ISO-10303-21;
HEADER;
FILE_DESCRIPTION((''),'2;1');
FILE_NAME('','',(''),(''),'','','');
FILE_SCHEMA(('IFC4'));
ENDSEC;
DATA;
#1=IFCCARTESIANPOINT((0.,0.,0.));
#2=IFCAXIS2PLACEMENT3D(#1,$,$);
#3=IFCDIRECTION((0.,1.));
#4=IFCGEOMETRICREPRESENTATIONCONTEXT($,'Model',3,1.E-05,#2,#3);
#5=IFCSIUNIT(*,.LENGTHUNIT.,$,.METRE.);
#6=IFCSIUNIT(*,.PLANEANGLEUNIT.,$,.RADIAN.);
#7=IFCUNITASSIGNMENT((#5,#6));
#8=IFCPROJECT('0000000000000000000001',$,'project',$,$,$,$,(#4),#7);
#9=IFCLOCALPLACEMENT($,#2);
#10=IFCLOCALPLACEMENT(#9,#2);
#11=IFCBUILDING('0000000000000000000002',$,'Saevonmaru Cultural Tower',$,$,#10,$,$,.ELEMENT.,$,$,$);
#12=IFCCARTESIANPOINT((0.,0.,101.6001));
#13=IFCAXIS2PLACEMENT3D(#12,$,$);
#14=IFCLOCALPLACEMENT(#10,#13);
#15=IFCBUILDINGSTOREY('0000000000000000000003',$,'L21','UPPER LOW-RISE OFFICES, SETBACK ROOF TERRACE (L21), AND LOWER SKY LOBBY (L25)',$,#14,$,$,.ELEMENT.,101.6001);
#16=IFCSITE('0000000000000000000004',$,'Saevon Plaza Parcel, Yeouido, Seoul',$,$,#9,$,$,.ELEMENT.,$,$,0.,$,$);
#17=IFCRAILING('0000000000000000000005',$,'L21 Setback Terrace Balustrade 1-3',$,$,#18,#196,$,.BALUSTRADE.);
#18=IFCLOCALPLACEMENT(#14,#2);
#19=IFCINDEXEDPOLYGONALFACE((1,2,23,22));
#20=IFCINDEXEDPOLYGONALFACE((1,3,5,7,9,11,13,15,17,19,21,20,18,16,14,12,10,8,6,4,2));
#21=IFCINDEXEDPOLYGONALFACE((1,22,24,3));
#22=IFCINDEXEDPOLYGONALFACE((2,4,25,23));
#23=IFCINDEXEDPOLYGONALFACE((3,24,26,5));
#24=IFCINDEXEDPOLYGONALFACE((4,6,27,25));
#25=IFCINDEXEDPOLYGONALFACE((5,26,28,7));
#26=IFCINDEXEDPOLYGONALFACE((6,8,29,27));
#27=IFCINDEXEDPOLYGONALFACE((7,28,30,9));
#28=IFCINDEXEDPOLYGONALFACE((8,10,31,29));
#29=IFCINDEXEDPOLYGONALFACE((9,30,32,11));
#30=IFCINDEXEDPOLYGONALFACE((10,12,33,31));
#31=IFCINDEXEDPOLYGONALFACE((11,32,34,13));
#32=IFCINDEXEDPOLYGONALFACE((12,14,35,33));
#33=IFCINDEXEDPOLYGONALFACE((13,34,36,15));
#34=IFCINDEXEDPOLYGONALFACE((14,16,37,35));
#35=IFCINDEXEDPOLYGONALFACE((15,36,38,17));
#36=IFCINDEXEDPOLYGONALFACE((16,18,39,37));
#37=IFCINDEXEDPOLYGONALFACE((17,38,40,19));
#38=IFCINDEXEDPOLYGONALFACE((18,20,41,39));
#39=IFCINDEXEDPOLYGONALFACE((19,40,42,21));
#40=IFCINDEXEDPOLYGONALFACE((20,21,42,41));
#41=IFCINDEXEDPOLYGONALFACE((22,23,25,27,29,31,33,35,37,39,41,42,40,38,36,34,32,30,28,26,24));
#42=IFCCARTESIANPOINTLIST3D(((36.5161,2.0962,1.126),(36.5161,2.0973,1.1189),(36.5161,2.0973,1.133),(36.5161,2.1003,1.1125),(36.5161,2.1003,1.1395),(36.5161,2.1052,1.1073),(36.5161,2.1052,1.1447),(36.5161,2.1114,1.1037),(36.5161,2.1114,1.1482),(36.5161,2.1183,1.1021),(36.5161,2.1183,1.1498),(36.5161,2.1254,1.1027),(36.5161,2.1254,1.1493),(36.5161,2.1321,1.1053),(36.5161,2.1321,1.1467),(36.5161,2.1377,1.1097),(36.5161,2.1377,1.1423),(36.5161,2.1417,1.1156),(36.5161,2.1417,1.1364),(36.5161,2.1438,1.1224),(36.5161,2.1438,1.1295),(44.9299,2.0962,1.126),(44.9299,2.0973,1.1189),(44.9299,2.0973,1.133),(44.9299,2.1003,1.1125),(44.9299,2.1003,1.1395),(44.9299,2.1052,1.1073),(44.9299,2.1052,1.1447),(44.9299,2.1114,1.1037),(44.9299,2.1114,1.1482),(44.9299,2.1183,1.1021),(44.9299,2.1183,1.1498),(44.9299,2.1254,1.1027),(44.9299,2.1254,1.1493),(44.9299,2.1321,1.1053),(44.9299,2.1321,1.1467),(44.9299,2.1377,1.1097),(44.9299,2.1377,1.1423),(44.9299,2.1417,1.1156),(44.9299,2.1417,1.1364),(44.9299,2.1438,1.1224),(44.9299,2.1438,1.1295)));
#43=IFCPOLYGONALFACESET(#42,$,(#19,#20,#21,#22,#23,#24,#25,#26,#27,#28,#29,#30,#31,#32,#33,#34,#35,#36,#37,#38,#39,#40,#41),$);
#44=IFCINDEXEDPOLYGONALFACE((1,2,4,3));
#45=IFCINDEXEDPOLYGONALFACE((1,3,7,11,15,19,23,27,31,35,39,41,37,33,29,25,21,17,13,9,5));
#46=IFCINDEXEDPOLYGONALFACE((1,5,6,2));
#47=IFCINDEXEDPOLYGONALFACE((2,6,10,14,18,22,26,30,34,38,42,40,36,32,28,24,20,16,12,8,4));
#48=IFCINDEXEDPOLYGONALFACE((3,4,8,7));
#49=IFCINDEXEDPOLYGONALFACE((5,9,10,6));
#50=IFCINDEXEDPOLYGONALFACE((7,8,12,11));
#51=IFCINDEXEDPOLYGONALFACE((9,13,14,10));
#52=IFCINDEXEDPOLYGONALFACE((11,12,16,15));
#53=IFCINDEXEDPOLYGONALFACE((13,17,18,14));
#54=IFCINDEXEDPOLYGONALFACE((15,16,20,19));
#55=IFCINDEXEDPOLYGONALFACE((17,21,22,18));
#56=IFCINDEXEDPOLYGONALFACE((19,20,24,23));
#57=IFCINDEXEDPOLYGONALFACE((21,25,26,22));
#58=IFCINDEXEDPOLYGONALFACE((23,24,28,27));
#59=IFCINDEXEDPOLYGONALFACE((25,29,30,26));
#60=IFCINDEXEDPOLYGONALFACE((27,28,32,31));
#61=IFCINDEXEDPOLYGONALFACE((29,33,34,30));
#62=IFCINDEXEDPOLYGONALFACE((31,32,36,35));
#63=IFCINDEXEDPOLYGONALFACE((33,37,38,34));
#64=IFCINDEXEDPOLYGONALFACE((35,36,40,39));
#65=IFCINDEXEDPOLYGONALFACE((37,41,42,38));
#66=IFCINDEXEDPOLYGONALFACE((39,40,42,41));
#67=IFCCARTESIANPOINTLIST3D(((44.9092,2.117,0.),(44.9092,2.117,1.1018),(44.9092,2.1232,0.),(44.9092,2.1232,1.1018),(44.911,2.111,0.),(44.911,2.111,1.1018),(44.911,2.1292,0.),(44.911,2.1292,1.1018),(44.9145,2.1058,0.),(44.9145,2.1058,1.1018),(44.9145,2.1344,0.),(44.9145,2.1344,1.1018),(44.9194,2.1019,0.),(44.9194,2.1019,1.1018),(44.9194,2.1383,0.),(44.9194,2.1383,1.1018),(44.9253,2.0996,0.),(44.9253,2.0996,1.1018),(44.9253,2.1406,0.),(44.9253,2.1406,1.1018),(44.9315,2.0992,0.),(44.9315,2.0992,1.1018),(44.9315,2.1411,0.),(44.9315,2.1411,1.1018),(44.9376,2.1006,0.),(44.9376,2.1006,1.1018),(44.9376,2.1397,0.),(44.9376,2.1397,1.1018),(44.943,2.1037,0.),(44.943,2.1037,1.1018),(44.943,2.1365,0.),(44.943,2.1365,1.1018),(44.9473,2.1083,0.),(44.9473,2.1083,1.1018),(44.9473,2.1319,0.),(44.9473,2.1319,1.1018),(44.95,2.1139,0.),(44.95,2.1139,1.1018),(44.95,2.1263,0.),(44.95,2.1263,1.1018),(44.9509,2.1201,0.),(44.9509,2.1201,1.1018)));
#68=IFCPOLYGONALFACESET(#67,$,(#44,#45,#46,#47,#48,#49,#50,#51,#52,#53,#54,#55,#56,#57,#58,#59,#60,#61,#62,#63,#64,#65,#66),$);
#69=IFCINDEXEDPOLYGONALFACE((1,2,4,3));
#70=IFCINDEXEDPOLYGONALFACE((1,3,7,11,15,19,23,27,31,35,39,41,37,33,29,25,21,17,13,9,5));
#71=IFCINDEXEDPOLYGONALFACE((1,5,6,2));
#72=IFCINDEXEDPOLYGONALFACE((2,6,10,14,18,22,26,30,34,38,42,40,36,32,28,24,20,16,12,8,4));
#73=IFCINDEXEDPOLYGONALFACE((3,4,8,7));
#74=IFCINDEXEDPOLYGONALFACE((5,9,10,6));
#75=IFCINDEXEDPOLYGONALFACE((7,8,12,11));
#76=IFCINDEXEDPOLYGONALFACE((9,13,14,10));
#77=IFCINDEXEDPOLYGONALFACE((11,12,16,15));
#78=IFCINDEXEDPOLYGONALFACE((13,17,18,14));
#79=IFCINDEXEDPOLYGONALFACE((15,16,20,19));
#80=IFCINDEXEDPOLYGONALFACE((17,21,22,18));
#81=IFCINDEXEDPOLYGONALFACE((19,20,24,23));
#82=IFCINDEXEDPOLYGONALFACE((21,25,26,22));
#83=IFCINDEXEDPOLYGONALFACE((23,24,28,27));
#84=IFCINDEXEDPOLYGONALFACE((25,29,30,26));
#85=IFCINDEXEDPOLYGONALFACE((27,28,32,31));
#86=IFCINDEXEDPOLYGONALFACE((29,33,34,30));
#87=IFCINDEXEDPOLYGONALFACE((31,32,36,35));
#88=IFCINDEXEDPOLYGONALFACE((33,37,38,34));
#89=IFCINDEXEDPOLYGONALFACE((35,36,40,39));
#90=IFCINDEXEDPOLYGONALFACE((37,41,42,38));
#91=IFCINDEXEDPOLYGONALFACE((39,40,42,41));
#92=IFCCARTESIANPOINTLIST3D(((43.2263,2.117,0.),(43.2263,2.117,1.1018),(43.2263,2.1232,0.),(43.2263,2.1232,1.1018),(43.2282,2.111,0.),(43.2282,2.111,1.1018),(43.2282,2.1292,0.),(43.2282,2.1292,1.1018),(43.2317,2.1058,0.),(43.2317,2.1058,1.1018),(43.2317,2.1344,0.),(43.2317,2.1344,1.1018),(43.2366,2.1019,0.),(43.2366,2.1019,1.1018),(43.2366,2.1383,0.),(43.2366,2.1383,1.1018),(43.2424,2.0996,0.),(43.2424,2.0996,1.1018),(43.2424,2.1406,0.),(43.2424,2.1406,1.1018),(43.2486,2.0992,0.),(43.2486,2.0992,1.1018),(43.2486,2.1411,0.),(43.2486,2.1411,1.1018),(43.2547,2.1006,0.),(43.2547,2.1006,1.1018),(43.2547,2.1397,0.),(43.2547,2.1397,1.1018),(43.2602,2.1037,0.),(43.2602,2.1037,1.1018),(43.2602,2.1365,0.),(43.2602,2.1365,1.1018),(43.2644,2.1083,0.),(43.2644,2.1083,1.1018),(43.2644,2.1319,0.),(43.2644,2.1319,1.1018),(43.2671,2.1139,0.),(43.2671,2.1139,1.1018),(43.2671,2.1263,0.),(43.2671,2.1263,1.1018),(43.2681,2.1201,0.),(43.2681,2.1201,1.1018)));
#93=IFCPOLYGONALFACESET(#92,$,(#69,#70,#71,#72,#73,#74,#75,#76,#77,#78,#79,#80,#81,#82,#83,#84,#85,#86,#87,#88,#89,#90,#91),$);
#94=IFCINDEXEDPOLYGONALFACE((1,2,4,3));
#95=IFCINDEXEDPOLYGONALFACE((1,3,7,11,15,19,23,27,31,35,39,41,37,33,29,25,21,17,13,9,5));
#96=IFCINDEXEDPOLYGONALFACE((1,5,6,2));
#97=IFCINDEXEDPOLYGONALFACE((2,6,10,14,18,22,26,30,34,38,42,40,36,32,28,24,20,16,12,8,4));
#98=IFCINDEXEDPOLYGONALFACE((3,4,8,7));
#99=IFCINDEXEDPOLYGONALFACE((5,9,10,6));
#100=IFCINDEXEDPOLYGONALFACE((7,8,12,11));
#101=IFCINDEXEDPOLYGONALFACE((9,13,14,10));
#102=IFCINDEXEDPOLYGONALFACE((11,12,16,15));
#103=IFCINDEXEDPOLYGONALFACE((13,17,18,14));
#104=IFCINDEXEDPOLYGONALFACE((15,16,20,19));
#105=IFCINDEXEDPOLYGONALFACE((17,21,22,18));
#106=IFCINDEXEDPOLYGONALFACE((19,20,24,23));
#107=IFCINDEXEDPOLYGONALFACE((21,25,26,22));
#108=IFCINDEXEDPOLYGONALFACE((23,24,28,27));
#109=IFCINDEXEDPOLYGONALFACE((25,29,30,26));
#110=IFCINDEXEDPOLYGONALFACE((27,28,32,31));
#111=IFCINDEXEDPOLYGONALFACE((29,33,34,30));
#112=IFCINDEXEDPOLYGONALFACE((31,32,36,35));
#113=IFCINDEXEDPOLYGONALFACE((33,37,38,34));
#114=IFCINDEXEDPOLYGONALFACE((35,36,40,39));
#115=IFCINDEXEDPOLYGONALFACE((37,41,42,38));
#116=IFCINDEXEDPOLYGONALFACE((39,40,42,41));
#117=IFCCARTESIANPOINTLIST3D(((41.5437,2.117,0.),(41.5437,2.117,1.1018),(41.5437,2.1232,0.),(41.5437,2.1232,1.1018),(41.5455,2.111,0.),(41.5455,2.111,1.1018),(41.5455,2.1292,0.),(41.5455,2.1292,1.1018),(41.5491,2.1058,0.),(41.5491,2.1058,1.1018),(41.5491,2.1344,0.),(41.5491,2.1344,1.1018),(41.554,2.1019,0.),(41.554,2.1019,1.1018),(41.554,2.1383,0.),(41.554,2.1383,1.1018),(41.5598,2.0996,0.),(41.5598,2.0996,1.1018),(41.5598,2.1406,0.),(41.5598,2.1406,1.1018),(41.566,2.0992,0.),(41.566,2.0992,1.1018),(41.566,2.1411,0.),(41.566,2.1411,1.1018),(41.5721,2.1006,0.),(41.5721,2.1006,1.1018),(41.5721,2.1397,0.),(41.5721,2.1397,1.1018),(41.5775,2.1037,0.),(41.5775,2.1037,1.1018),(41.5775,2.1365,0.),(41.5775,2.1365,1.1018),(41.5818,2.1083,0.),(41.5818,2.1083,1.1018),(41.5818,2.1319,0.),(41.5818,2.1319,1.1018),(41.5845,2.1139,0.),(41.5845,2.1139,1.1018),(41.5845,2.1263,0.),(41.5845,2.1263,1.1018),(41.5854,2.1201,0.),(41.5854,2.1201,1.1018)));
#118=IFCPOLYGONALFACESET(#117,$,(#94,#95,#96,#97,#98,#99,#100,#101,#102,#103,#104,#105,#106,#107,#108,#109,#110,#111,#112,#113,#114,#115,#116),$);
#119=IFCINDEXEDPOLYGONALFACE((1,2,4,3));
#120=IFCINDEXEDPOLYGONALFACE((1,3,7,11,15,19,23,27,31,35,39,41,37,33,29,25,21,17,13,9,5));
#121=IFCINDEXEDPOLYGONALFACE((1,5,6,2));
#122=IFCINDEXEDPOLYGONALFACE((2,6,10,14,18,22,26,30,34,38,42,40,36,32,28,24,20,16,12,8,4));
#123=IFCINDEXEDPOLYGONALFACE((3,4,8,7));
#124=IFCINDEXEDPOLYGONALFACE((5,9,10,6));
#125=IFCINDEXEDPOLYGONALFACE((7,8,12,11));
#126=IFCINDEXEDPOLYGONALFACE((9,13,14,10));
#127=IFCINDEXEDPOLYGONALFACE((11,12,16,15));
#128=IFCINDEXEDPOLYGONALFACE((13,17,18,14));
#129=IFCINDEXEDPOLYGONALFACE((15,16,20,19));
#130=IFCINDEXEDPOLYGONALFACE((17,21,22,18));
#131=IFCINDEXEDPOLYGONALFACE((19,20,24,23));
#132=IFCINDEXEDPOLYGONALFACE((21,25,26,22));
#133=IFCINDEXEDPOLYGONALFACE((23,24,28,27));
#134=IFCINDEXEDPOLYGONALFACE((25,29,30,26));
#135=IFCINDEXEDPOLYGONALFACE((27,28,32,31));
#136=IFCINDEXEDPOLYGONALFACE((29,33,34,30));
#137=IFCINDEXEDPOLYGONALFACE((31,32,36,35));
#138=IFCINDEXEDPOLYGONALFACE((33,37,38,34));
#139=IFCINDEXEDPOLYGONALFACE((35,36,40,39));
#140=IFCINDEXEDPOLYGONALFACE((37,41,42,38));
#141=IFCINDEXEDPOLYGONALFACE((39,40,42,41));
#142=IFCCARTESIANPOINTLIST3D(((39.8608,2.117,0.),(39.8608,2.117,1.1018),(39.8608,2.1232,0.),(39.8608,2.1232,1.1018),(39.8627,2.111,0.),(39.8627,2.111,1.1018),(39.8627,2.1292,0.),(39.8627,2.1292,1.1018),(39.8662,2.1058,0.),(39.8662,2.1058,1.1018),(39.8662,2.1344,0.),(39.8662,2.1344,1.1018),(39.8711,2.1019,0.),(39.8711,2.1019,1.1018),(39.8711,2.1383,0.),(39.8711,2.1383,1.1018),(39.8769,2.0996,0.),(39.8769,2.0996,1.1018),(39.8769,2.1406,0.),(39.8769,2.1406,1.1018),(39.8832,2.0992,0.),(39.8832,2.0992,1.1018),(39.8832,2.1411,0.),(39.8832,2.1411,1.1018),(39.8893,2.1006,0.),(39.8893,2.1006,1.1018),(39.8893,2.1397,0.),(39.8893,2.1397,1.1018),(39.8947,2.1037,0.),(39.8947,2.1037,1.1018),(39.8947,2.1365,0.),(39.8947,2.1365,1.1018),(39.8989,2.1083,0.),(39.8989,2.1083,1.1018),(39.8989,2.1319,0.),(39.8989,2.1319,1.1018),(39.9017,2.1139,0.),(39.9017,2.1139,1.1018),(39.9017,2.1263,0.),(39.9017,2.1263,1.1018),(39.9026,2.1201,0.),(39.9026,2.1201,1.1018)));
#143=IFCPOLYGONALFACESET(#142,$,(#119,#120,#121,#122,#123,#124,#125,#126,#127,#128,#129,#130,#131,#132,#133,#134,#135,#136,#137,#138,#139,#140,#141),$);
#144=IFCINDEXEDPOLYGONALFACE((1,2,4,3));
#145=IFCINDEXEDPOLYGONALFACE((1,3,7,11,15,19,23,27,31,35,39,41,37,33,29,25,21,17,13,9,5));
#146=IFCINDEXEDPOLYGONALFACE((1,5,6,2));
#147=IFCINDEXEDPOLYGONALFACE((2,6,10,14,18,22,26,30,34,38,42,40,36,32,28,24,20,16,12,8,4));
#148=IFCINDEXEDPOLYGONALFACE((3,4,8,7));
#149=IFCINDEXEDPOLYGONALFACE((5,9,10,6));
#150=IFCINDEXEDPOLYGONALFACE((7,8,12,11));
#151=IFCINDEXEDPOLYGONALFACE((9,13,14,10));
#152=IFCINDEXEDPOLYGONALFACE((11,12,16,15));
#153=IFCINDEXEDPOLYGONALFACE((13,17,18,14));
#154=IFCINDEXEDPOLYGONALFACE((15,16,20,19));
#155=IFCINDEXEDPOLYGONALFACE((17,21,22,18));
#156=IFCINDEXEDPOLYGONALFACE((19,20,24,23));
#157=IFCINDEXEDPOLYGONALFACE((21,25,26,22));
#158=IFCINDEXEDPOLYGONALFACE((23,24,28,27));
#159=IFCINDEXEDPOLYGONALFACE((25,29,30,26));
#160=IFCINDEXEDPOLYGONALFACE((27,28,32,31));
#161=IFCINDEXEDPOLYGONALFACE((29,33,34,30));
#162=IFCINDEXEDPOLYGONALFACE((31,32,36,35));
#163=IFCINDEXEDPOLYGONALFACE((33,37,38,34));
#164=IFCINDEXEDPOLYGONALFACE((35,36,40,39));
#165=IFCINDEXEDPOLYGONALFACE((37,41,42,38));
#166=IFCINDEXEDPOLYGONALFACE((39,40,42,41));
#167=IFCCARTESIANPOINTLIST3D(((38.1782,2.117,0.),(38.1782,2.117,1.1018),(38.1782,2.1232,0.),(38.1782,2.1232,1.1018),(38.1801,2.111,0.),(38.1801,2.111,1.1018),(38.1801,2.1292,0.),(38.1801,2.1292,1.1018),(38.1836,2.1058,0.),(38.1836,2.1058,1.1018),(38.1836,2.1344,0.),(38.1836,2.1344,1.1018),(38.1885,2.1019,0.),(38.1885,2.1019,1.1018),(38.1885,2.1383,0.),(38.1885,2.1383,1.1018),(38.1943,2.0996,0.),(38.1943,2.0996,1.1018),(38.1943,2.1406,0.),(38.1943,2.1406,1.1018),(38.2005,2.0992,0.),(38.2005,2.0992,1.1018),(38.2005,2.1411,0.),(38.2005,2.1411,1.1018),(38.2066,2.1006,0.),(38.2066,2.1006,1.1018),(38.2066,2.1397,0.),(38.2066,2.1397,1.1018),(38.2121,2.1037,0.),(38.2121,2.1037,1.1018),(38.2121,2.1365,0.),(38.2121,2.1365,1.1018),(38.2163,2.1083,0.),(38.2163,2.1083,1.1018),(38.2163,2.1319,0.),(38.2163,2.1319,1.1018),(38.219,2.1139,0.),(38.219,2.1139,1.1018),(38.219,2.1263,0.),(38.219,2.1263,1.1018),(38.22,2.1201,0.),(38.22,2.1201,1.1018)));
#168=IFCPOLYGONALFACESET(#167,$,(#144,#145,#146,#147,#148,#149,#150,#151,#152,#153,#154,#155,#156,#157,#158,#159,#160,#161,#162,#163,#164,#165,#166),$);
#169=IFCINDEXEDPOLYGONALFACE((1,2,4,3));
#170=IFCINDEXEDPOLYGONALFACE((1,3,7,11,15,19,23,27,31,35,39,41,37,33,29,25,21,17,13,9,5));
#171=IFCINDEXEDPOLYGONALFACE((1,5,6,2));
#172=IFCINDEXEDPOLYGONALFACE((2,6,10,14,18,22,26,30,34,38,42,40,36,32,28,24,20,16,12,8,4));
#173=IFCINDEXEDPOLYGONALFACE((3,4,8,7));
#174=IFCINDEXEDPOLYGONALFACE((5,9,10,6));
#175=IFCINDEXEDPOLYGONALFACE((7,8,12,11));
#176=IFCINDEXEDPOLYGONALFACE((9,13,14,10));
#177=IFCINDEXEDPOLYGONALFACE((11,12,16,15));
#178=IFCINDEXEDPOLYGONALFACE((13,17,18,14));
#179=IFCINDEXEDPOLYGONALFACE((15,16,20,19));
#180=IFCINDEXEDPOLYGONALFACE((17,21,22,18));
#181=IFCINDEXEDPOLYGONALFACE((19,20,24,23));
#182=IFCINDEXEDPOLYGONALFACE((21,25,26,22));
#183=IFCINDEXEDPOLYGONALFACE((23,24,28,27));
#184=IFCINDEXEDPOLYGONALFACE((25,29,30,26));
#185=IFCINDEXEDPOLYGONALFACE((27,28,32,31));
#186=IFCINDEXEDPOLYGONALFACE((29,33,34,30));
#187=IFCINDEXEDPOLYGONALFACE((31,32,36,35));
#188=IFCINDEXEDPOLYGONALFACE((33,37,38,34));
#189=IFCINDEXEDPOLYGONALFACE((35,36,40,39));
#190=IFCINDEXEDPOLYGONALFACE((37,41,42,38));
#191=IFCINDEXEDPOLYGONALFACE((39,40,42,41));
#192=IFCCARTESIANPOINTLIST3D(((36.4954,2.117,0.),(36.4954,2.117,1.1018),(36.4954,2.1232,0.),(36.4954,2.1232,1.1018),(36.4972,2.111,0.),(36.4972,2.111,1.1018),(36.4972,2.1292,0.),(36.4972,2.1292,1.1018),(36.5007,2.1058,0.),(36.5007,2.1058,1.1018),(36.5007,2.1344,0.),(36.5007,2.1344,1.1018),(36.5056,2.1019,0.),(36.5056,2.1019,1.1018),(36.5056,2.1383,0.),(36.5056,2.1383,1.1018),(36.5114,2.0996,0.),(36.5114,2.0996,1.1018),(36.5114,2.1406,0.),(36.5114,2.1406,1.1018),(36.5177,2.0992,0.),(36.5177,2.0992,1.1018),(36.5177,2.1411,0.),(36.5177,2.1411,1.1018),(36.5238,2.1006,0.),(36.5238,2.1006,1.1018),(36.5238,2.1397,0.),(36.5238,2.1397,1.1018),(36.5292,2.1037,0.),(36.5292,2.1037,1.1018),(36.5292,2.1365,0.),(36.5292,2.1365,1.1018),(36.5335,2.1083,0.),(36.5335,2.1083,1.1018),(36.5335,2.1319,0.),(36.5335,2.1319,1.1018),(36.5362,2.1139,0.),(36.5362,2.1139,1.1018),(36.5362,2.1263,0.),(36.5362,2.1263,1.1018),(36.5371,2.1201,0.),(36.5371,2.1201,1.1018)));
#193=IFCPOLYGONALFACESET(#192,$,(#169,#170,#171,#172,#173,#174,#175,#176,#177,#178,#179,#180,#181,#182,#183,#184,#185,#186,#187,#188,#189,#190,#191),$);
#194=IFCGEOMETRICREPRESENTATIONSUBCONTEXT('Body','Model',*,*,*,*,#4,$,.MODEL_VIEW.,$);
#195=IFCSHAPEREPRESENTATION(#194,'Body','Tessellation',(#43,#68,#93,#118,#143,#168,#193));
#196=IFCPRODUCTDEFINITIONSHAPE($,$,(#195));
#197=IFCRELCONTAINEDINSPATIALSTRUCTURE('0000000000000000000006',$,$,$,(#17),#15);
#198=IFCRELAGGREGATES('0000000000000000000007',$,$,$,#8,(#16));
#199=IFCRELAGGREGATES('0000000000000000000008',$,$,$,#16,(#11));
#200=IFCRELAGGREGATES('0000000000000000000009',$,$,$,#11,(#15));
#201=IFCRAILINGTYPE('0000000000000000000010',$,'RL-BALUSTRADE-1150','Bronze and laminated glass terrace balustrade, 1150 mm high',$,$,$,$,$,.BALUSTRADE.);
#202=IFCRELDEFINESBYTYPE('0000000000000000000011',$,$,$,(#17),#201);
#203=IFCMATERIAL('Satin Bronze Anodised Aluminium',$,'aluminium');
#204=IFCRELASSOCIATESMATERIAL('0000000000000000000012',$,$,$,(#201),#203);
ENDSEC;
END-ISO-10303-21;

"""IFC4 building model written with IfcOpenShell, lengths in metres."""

from ifc_helpers import new_model, si_unit, direction, frame, origin, origin_2d, place, context, subcontext, project, spatial, circle, extrude, material, type_object, element, save


model = new_model("IFC4")

# Units and contexts
model_context = context("Model", 3, precision=1e-05, world=origin(), true_north=direction((0.0, 1.0)))
body_context = subcontext(model_context, "Body", "Model", "MODEL_VIEW")
ifc_project = project(units=[si_unit("LENGTHUNIT", "METRE"), si_unit("PLANEANGLEUNIT", "RADIAN")], contexts=[model_context])

# Site, building, storey
site_placement = place(None, origin())
site = spatial("IfcSite", under=ifc_project, at=site_placement, Name="Saevon Plaza Parcel, Yeouido, Seoul", CompositionType="ELEMENT", RefElevation=0.0)
building_placement = place(site_placement, origin())
building = spatial("IfcBuilding", under=site, at=building_placement, Name="Saevonmaru Cultural Tower", CompositionType="ELEMENT")
storey_placement = place(building_placement, frame((0.0, 0.0, 101.6001)))
storey = spatial("IfcBuildingStorey", under=building, at=storey_placement, Name="L21", Description="UPPER LOW-RISE OFFICES, SETBACK ROOF TERRACE (L21), AND LOWER SKY LOBBY (L25)", CompositionType="ELEMENT", Elevation=101.6001)

# Shared definitions
ifc_material_1 = material(Name="Satin Bronze Anodised Aluminium", Category="aluminium")

# Railing
railing_type = type_object("IfcRailingType", Name="RL-BALUSTRADE-1150", Description="Bronze and laminated glass terrace balustrade, 1150 mm high", PredefinedType="BALUSTRADE", material=ifc_material_1)
railing_1_placement = place(storey_placement, frame((44.9299, 2.1201, 0.0)))
element("IfcRailing", 1, at=railing_1_placement, inside=storey, type_object=railing_type, Name="L21 Setback Terrace Balustrade 1-3", PredefinedType="BALUSTRADE", context=body_context, shape_type="SweptSolid", body=[
    extrude(circle(Radius=0.0239, at=origin_2d()), frame((0.0, 0.0, 1.126), z_axis=(-1.0, 0.0, 0.0), x_axis=(0.0, -1.0, 0.0)), (0.0, 0.0, 1.0), 8.4138),
    extrude(circle(Radius=0.021, at=origin_2d()), origin(), (0.0, 0.0, 1.0), 1.1018),
    extrude(circle(Radius=0.021, at=origin_2d()), frame((-1.6829, 0.0, 0.0)), (0.0, 0.0, 1.0), 1.1018),
    extrude(circle(Radius=0.021, at=origin_2d()), frame((-3.3655, 0.0, 0.0)), (0.0, 0.0, 1.0), 1.1018),
    extrude(circle(Radius=0.021, at=origin_2d()), frame((-5.0483, 0.0, 0.0)), (0.0, 0.0, 1.0), 1.1018),
    extrude(circle(Radius=0.021, at=origin_2d()), frame((-6.731, 0.0, 0.0)), (0.0, 0.0, 1.0), 1.1018),
    extrude(circle(Radius=0.021, at=origin_2d()), frame((-8.4138, 0.0, 0.0)), (0.0, 0.0, 1.0), 1.1018),
])

save(model, "model.ifc")
